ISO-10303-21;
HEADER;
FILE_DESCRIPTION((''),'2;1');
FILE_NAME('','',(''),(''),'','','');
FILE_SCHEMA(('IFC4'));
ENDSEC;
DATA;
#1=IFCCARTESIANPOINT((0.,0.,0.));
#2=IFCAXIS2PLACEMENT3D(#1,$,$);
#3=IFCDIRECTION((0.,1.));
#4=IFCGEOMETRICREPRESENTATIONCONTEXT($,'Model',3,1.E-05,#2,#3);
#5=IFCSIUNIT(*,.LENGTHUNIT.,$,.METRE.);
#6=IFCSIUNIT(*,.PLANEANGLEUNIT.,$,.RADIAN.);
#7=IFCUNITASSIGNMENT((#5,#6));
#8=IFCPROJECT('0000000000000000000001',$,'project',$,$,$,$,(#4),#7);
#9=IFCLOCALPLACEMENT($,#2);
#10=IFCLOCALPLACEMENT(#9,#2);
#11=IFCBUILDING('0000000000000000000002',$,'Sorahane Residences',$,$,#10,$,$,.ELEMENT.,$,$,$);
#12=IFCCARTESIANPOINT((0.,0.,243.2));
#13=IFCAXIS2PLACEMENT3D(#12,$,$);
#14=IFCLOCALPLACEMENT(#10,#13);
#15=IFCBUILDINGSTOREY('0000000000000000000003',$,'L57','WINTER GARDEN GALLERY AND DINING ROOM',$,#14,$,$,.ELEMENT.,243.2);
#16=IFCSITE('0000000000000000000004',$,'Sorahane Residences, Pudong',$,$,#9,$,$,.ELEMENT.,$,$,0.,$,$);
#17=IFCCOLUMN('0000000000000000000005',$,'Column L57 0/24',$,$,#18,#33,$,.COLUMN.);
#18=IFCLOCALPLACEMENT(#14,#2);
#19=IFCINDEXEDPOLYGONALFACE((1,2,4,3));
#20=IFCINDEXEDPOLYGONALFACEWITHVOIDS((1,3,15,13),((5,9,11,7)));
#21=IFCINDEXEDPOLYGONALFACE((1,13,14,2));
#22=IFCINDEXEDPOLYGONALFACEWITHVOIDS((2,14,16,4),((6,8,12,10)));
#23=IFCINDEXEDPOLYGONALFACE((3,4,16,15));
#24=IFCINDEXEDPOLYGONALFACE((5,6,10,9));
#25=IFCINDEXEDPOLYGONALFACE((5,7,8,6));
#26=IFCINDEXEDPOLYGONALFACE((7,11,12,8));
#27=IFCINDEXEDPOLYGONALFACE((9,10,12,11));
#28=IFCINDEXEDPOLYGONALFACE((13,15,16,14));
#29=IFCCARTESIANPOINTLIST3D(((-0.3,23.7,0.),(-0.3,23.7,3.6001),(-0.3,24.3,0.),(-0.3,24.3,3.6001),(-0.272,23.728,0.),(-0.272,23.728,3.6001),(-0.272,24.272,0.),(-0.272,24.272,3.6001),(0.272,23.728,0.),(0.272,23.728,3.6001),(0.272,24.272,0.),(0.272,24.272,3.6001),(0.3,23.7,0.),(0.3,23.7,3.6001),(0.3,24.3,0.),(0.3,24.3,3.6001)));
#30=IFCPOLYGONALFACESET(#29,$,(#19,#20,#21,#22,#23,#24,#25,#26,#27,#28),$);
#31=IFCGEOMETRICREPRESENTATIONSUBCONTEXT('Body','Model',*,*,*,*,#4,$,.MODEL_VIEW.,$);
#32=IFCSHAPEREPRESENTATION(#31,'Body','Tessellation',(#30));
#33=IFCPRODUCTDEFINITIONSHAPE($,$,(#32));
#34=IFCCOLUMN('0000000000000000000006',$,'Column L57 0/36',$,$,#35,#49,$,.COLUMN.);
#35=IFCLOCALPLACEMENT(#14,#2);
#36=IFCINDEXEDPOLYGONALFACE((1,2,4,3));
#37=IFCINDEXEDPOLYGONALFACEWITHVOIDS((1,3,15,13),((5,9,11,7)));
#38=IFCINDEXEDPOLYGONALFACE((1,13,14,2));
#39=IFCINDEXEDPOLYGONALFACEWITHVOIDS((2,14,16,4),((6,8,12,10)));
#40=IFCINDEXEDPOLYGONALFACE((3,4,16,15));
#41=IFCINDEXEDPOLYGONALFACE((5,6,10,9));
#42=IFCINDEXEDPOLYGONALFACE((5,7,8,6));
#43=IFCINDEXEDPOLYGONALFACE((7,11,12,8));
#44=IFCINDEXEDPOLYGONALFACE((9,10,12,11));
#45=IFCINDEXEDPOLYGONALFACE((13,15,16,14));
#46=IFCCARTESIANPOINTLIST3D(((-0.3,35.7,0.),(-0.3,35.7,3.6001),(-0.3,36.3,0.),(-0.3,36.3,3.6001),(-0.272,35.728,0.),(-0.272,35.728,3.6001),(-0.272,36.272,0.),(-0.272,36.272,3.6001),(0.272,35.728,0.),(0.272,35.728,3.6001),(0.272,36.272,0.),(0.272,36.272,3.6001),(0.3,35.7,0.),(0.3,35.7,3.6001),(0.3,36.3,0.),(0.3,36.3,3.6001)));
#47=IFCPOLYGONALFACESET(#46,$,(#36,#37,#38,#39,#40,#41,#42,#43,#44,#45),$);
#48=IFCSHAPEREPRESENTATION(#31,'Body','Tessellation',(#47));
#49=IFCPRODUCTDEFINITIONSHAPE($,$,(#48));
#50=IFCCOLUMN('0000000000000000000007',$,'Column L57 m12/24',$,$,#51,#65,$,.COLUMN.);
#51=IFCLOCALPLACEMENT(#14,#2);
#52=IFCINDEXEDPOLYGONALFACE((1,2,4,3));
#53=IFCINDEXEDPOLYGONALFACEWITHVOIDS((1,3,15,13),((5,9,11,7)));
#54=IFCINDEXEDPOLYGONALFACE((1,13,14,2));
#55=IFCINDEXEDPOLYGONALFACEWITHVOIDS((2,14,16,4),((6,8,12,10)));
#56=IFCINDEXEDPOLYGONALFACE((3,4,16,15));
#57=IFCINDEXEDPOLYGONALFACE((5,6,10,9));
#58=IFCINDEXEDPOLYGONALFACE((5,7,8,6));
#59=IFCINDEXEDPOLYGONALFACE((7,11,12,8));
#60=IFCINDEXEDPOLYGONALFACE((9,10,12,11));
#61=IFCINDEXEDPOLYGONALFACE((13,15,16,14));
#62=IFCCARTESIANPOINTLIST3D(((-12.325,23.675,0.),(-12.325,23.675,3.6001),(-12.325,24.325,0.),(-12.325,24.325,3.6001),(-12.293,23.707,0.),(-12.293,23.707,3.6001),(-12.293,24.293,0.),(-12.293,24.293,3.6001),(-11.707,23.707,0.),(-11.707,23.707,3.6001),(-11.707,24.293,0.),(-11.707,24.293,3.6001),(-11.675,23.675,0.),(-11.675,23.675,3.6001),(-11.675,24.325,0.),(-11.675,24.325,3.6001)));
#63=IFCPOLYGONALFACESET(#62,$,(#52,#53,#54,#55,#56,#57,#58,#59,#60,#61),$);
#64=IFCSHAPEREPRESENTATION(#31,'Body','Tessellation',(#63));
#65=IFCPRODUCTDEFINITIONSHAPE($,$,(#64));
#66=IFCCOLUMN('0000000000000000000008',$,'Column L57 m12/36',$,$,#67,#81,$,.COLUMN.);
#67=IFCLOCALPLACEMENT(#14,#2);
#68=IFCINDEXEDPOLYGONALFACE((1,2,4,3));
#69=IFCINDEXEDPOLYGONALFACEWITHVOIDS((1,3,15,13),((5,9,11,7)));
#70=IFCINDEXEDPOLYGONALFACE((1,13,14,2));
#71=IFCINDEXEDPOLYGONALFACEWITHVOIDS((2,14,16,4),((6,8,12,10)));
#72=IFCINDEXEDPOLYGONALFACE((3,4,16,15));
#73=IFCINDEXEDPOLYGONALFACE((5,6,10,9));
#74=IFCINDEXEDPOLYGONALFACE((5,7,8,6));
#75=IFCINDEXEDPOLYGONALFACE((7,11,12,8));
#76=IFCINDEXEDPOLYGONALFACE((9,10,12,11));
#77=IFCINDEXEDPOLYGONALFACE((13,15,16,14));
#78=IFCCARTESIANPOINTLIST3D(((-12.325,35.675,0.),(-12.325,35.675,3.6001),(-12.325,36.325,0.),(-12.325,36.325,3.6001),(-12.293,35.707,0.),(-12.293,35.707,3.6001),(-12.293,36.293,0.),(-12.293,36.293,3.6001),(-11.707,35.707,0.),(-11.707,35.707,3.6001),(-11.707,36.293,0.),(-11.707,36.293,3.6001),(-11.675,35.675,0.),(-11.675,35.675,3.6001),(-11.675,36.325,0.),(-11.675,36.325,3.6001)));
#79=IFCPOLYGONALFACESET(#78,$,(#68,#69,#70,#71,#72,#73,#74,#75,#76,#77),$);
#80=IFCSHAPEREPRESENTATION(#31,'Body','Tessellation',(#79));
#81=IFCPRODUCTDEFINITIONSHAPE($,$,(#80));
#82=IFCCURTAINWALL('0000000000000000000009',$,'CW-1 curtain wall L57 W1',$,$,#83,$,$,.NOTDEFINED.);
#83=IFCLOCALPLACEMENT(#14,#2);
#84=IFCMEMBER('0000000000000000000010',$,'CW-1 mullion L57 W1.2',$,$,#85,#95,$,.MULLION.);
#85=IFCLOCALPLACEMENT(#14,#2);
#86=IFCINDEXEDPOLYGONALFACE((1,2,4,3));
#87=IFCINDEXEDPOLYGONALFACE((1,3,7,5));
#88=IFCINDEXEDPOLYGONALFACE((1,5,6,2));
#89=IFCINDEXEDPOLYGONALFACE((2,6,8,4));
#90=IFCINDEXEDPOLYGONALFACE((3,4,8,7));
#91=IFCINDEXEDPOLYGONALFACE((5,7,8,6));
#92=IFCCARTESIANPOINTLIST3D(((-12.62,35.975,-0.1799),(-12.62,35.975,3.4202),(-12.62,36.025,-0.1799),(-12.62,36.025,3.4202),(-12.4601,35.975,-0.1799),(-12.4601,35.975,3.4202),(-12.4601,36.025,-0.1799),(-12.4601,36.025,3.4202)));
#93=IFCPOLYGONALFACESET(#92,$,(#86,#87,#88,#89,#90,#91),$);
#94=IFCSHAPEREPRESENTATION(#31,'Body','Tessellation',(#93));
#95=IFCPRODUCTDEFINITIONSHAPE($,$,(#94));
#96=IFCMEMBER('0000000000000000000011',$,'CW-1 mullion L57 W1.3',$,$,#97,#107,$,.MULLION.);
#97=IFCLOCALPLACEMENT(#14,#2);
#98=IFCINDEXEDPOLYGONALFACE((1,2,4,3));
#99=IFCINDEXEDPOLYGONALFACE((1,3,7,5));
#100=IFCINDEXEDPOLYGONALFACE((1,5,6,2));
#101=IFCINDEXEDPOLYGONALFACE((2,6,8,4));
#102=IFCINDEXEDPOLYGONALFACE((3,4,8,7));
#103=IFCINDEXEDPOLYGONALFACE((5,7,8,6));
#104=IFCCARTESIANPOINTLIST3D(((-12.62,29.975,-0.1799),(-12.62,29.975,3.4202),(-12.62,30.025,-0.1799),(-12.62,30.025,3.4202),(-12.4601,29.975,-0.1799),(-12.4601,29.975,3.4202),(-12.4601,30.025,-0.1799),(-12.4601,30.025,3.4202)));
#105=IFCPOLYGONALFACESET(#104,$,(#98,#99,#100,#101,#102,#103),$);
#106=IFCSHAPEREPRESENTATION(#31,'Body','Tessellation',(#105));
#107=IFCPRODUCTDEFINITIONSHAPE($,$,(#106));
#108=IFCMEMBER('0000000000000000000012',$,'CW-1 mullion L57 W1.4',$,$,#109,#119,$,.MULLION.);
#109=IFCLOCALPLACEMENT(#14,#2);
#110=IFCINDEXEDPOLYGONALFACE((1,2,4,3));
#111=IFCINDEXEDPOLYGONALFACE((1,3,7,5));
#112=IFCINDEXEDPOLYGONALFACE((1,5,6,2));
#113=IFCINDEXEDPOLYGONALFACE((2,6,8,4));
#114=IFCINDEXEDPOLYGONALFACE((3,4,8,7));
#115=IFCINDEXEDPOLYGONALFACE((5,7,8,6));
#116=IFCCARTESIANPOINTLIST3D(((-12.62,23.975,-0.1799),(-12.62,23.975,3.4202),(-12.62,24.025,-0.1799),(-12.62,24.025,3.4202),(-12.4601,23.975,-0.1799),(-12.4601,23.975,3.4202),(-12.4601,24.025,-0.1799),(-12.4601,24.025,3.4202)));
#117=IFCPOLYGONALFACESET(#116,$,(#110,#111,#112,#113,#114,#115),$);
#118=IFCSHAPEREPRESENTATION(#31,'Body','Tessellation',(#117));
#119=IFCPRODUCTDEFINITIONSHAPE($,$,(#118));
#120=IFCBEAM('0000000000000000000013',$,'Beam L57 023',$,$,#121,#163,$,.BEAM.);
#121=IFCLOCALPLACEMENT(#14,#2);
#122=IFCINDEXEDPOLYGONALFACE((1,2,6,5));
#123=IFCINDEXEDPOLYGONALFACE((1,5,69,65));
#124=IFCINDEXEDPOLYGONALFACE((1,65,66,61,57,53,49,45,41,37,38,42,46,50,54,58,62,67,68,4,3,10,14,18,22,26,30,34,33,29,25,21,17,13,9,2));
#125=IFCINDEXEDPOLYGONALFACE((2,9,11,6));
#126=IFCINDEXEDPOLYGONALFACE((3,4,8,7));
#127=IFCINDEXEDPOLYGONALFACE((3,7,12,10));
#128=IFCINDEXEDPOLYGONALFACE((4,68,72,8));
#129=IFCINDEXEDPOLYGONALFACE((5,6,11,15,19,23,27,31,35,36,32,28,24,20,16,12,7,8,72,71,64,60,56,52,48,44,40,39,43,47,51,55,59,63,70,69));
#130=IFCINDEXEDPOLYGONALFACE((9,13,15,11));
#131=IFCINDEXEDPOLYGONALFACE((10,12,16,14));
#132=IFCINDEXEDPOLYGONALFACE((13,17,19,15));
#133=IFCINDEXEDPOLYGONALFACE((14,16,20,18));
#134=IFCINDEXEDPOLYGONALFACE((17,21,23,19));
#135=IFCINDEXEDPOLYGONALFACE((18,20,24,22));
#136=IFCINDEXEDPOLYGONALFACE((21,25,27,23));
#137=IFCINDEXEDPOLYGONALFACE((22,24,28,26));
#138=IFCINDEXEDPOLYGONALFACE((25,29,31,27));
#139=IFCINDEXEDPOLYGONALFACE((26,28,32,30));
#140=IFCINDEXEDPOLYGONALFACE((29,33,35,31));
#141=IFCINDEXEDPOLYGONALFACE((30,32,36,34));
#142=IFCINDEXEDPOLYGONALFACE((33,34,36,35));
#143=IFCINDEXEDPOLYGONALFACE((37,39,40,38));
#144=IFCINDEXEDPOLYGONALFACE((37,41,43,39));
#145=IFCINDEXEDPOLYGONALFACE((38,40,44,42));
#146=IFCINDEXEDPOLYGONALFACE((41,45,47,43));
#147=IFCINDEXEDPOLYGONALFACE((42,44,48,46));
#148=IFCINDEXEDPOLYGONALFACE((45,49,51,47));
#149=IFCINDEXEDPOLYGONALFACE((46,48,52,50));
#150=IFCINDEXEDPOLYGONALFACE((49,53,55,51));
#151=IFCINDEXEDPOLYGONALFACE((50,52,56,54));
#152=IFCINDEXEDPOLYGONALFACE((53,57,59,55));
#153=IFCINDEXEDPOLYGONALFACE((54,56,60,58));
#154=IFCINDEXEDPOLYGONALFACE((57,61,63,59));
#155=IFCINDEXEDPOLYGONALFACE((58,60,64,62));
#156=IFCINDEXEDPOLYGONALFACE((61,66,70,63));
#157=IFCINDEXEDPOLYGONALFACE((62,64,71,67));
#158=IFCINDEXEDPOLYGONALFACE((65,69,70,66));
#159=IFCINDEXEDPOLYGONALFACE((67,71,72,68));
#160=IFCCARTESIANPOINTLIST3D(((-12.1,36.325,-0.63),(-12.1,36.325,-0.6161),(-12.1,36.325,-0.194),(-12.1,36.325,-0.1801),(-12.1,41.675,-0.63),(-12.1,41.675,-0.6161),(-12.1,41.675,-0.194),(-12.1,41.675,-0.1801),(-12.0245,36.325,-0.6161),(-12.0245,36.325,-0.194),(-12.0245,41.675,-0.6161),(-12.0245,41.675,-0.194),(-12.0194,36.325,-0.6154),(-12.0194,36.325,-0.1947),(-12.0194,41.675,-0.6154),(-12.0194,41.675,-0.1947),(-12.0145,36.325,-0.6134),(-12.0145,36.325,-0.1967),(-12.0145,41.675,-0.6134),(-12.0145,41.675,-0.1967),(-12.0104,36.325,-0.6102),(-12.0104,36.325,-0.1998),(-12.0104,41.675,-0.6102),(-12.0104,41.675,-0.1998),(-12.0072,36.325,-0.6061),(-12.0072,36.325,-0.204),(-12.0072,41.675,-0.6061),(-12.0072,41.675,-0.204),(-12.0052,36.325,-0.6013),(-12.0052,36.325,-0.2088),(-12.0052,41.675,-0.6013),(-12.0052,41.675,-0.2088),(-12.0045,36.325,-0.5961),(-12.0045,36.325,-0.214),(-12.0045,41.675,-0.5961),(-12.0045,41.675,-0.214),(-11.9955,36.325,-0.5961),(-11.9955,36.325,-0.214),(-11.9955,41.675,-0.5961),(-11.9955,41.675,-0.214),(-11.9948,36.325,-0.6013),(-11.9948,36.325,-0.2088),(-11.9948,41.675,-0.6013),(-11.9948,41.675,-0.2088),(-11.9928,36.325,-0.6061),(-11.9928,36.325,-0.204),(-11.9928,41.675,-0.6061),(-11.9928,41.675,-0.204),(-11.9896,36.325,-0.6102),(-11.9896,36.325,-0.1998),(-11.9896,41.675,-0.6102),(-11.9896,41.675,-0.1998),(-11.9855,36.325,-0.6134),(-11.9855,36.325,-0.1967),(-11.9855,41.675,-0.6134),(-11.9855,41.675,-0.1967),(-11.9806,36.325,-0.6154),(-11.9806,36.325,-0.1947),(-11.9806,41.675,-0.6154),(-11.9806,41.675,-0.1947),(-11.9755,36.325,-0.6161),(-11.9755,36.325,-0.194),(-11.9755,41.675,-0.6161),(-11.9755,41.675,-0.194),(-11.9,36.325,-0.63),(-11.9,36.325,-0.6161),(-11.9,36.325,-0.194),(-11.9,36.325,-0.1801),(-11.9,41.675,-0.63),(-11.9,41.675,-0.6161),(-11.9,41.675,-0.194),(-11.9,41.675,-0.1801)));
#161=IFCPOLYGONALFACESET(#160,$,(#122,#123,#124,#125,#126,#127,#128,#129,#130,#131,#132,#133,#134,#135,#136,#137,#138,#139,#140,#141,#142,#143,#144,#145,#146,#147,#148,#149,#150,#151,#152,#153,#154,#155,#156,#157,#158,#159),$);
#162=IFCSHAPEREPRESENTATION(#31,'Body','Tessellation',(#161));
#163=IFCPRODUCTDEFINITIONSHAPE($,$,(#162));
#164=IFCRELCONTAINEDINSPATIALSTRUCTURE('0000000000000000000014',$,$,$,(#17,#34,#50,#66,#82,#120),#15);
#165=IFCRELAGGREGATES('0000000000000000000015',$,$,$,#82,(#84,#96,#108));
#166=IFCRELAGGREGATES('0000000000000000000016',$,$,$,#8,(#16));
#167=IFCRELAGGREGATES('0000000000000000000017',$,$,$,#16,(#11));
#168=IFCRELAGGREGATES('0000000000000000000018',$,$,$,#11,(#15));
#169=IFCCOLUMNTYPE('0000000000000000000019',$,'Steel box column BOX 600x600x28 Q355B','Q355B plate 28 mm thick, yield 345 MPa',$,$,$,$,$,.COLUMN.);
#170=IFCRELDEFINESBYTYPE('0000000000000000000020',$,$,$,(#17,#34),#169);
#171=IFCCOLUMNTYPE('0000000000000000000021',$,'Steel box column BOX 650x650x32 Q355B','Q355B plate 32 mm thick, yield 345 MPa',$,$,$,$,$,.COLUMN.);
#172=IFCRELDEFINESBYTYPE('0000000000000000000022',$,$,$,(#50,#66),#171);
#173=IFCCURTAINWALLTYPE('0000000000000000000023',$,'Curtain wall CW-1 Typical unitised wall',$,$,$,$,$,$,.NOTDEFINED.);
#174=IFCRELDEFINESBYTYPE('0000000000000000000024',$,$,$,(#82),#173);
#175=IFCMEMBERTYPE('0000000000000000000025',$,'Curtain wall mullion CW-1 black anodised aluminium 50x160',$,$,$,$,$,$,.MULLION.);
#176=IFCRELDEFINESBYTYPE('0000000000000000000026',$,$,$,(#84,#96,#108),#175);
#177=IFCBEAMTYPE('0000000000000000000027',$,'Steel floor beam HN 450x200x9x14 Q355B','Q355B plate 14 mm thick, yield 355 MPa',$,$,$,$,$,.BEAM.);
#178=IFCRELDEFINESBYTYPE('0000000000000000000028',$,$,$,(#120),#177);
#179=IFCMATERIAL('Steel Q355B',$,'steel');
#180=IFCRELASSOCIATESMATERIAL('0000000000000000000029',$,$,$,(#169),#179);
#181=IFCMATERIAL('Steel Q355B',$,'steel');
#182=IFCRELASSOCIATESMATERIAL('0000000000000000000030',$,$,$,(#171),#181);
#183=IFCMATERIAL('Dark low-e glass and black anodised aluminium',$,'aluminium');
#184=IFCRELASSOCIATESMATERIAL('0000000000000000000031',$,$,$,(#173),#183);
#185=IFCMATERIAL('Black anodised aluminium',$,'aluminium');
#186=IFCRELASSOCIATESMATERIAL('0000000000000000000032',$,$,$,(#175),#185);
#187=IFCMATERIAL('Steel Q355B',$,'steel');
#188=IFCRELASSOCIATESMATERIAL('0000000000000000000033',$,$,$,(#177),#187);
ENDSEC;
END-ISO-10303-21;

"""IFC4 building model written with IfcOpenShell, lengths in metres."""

from ifc_helpers import new_model, si_unit, direction, frame, origin, origin_2d, place, context, subcontext, project, spatial, rectangle, hollow_rectangle, i_section, extrude, material, material_profile, profile_set, type_object, element, aggregate, save


model = new_model("IFC4")

# Units and contexts
model_context = context("Model", 3, precision=1e-05, world=origin(), true_north=direction((0.0, 1.0)))
body_context = subcontext(model_context, "Body", "Model", "MODEL_VIEW")
ifc_project = project(units=[si_unit("LENGTHUNIT", "METRE"), si_unit("PLANEANGLEUNIT", "RADIAN")], contexts=[model_context])

# Site, building, storey
site_placement = place(None, origin())
site = spatial("IfcSite", under=ifc_project, at=site_placement, Name="Sorahane Residences, Pudong", CompositionType="ELEMENT", RefElevation=0.0)
building_placement = place(site_placement, origin())
building = spatial("IfcBuilding", under=site, at=building_placement, Name="Sorahane Residences", CompositionType="ELEMENT")
storey_placement = place(building_placement, frame((0.0, 0.0, 243.2)))
storey = spatial("IfcBuildingStorey", under=building, at=storey_placement, Name="L57", Description="WINTER GARDEN GALLERY AND DINING ROOM", CompositionType="ELEMENT", Elevation=243.2)

# Columns
ifc_material_1 = material(Name="Steel Q355B", Category="steel")
ifc_material_profile_1 = material_profile(ifc_material_1, hollow_rectangle(XDim=0.6001, YDim=0.6001, WallThickness=0.0281, at=origin_2d()), Name="BOX 600x600x28")
ifc_profile_set_1 = profile_set([ifc_material_profile_1], Name="Steel Q355B")
column_type_1 = type_object("IfcColumnType", Name="Steel box column BOX 600x600x28 Q355B", Description="Q355B plate 28 mm thick, yield 345 MPa", PredefinedType="COLUMN", material=ifc_profile_set_1)
for number, where, z_axis, x_axis, name in (
    (1, (0.0, 24.0, 0.0), (0.0, 0.0, 1.0), (1.0, 0.0, 0.0), "Column L57 0/24"),
    (2, (0.0, 36.0, 0.0), (0.0, 0.0, 1.0), (1.0, 0.0, 0.0), "Column L57 0/36"),
):
    element("IfcColumn", number, at=place(storey_placement, frame(where, z_axis=z_axis, x_axis=x_axis)), inside=storey, type_object=column_type_1, Name=name, PredefinedType="COLUMN", context=body_context, shape_type="SweptSolid", body=[
        extrude(hollow_rectangle(XDim=0.6001, YDim=0.6001, WallThickness=0.0281, at=origin_2d()), origin(), (0.0, 0.0, 1.0), 3.6001),
    ])
ifc_material_2 = material(Name="Steel Q355B", Category="steel")
ifc_material_profile_2 = material_profile(ifc_material_2, hollow_rectangle(XDim=0.6499, YDim=0.6499, WallThickness=0.032, at=origin_2d()), Name="BOX 650x650x32")
ifc_profile_set_2 = profile_set([ifc_material_profile_2], Name="Steel Q355B")
column_type_2 = type_object("IfcColumnType", Name="Steel box column BOX 650x650x32 Q355B", Description="Q355B plate 32 mm thick, yield 345 MPa", PredefinedType="COLUMN", material=ifc_profile_set_2)
for number, where, z_axis, x_axis, name in (
    (3, (-12.0, 24.0, 0.0), (0.0, 0.0, 1.0), (1.0, 0.0, 0.0), "Column L57 m12/24"),
    (4, (-12.0, 36.0, 0.0), (0.0, 0.0, 1.0), (1.0, 0.0, 0.0), "Column L57 m12/36"),
):
    element("IfcColumn", number, at=place(storey_placement, frame(where, z_axis=z_axis, x_axis=x_axis)), inside=storey, type_object=column_type_2, Name=name, PredefinedType="COLUMN", context=body_context, shape_type="SweptSolid", body=[
        extrude(hollow_rectangle(XDim=0.6499, YDim=0.6499, WallThickness=0.032, at=origin_2d()), origin(), (0.0, 0.0, 1.0), 3.6001),
    ])

# Curtain wall, members
ifc_material_3 = material(Name="Dark low-e glass and black anodised aluminium", Category="aluminium")
curtain_wall_type = type_object("IfcCurtainWallType", Name="Curtain wall CW-1 Typical unitised wall", PredefinedType="NOTDEFINED", material=ifc_material_3)
curtain_wall_placement = place(storey_placement, origin())
curtain_wall = element("IfcCurtainWall", 5, at=curtain_wall_placement, inside=storey, type_object=curtain_wall_type, Name="CW-1 curtain wall L57 W1", PredefinedType="NOTDEFINED")
ifc_material_4 = material(Name="Black anodised aluminium", Category="aluminium")
ifc_material_profile_3 = material_profile(ifc_material_4, rectangle(XDim=0.1599, YDim=0.05, at=origin_2d()), Name="Curtain wall mullion CW-1 black anodised aluminium 50x160")
ifc_profile_set_3 = profile_set([ifc_material_profile_3], Name="Black anodised aluminium")
member_type = type_object("IfcMemberType", Name="Curtain wall mullion CW-1 black anodised aluminium 50x160", PredefinedType="MULLION", material=ifc_profile_set_3)
member_1_placement = place(storey_placement, frame((-12.54, 36.0, -0.1799), z_axis=(0.0, 0.0, 1.0), x_axis=(-1.0, 0.0, 0.0)))
member_1 = element("IfcMember", 6, at=member_1_placement, type_object=member_type, Name="CW-1 mullion L57 W1.2", PredefinedType="MULLION", context=body_context, shape_type="SweptSolid", body=[
    extrude(rectangle(XDim=0.1599, YDim=0.05, at=origin_2d()), origin(), (0.0, 0.0, 1.0), 3.6001),
])
member_2_placement = place(storey_placement, frame((-12.54, 30.0, -0.1799), z_axis=(0.0, 0.0, 1.0), x_axis=(-1.0, 0.0, 0.0)))
member_2 = element("IfcMember", 7, at=member_2_placement, type_object=member_type, Name="CW-1 mullion L57 W1.3", PredefinedType="MULLION", context=body_context, shape_type="SweptSolid", body=[
    extrude(rectangle(XDim=0.1599, YDim=0.05, at=origin_2d()), origin(), (0.0, 0.0, 1.0), 3.6001),
])
member_3_placement = place(storey_placement, frame((-12.54, 24.0, -0.1799), z_axis=(0.0, 0.0, 1.0), x_axis=(-1.0, 0.0, 0.0)))
member_3 = element("IfcMember", 8, at=member_3_placement, type_object=member_type, Name="CW-1 mullion L57 W1.4", PredefinedType="MULLION", context=body_context, shape_type="SweptSolid", body=[
    extrude(rectangle(XDim=0.1599, YDim=0.05, at=origin_2d()), origin(), (0.0, 0.0, 1.0), 3.6001),
])

# Beam
ifc_material_5 = material(Name="Steel Q355B", Category="steel")
ifc_material_profile_4 = material_profile(ifc_material_5, i_section(OverallWidth=0.2, OverallDepth=0.45, WebThickness=0.009, FlangeThickness=0.0139, FilletRadius=0.02, at=origin_2d()), Name="HN 450x200x9x14")
ifc_profile_set_4 = profile_set([ifc_material_profile_4], Name="Steel Q355B")
beam_type_1 = type_object("IfcBeamType", Name="Steel floor beam HN 450x200x9x14 Q355B", Description="Q355B plate 14 mm thick, yield 355 MPa", PredefinedType="BEAM", material=ifc_profile_set_4)
beam_1_placement = place(storey_placement, frame((-12.0, 36.325, -0.405), z_axis=(0.0, 1.0, 0.0), x_axis=(-1.0, 0.0, 0.0)))
element("IfcBeam", 9, at=beam_1_placement, inside=storey, type_object=beam_type_1, Name="Beam L57 023", PredefinedType="BEAM", context=body_context, shape_type="SweptSolid", body=[
    extrude(i_section(OverallWidth=0.2, OverallDepth=0.45, WebThickness=0.009, FlangeThickness=0.0139, FilletRadius=0.02, at=origin_2d()), origin(), (0.0, 0.0, 1.0), 5.3501),
])

aggregate(curtain_wall, [member_1, member_2, member_3])

save(model, "model.ifc")
